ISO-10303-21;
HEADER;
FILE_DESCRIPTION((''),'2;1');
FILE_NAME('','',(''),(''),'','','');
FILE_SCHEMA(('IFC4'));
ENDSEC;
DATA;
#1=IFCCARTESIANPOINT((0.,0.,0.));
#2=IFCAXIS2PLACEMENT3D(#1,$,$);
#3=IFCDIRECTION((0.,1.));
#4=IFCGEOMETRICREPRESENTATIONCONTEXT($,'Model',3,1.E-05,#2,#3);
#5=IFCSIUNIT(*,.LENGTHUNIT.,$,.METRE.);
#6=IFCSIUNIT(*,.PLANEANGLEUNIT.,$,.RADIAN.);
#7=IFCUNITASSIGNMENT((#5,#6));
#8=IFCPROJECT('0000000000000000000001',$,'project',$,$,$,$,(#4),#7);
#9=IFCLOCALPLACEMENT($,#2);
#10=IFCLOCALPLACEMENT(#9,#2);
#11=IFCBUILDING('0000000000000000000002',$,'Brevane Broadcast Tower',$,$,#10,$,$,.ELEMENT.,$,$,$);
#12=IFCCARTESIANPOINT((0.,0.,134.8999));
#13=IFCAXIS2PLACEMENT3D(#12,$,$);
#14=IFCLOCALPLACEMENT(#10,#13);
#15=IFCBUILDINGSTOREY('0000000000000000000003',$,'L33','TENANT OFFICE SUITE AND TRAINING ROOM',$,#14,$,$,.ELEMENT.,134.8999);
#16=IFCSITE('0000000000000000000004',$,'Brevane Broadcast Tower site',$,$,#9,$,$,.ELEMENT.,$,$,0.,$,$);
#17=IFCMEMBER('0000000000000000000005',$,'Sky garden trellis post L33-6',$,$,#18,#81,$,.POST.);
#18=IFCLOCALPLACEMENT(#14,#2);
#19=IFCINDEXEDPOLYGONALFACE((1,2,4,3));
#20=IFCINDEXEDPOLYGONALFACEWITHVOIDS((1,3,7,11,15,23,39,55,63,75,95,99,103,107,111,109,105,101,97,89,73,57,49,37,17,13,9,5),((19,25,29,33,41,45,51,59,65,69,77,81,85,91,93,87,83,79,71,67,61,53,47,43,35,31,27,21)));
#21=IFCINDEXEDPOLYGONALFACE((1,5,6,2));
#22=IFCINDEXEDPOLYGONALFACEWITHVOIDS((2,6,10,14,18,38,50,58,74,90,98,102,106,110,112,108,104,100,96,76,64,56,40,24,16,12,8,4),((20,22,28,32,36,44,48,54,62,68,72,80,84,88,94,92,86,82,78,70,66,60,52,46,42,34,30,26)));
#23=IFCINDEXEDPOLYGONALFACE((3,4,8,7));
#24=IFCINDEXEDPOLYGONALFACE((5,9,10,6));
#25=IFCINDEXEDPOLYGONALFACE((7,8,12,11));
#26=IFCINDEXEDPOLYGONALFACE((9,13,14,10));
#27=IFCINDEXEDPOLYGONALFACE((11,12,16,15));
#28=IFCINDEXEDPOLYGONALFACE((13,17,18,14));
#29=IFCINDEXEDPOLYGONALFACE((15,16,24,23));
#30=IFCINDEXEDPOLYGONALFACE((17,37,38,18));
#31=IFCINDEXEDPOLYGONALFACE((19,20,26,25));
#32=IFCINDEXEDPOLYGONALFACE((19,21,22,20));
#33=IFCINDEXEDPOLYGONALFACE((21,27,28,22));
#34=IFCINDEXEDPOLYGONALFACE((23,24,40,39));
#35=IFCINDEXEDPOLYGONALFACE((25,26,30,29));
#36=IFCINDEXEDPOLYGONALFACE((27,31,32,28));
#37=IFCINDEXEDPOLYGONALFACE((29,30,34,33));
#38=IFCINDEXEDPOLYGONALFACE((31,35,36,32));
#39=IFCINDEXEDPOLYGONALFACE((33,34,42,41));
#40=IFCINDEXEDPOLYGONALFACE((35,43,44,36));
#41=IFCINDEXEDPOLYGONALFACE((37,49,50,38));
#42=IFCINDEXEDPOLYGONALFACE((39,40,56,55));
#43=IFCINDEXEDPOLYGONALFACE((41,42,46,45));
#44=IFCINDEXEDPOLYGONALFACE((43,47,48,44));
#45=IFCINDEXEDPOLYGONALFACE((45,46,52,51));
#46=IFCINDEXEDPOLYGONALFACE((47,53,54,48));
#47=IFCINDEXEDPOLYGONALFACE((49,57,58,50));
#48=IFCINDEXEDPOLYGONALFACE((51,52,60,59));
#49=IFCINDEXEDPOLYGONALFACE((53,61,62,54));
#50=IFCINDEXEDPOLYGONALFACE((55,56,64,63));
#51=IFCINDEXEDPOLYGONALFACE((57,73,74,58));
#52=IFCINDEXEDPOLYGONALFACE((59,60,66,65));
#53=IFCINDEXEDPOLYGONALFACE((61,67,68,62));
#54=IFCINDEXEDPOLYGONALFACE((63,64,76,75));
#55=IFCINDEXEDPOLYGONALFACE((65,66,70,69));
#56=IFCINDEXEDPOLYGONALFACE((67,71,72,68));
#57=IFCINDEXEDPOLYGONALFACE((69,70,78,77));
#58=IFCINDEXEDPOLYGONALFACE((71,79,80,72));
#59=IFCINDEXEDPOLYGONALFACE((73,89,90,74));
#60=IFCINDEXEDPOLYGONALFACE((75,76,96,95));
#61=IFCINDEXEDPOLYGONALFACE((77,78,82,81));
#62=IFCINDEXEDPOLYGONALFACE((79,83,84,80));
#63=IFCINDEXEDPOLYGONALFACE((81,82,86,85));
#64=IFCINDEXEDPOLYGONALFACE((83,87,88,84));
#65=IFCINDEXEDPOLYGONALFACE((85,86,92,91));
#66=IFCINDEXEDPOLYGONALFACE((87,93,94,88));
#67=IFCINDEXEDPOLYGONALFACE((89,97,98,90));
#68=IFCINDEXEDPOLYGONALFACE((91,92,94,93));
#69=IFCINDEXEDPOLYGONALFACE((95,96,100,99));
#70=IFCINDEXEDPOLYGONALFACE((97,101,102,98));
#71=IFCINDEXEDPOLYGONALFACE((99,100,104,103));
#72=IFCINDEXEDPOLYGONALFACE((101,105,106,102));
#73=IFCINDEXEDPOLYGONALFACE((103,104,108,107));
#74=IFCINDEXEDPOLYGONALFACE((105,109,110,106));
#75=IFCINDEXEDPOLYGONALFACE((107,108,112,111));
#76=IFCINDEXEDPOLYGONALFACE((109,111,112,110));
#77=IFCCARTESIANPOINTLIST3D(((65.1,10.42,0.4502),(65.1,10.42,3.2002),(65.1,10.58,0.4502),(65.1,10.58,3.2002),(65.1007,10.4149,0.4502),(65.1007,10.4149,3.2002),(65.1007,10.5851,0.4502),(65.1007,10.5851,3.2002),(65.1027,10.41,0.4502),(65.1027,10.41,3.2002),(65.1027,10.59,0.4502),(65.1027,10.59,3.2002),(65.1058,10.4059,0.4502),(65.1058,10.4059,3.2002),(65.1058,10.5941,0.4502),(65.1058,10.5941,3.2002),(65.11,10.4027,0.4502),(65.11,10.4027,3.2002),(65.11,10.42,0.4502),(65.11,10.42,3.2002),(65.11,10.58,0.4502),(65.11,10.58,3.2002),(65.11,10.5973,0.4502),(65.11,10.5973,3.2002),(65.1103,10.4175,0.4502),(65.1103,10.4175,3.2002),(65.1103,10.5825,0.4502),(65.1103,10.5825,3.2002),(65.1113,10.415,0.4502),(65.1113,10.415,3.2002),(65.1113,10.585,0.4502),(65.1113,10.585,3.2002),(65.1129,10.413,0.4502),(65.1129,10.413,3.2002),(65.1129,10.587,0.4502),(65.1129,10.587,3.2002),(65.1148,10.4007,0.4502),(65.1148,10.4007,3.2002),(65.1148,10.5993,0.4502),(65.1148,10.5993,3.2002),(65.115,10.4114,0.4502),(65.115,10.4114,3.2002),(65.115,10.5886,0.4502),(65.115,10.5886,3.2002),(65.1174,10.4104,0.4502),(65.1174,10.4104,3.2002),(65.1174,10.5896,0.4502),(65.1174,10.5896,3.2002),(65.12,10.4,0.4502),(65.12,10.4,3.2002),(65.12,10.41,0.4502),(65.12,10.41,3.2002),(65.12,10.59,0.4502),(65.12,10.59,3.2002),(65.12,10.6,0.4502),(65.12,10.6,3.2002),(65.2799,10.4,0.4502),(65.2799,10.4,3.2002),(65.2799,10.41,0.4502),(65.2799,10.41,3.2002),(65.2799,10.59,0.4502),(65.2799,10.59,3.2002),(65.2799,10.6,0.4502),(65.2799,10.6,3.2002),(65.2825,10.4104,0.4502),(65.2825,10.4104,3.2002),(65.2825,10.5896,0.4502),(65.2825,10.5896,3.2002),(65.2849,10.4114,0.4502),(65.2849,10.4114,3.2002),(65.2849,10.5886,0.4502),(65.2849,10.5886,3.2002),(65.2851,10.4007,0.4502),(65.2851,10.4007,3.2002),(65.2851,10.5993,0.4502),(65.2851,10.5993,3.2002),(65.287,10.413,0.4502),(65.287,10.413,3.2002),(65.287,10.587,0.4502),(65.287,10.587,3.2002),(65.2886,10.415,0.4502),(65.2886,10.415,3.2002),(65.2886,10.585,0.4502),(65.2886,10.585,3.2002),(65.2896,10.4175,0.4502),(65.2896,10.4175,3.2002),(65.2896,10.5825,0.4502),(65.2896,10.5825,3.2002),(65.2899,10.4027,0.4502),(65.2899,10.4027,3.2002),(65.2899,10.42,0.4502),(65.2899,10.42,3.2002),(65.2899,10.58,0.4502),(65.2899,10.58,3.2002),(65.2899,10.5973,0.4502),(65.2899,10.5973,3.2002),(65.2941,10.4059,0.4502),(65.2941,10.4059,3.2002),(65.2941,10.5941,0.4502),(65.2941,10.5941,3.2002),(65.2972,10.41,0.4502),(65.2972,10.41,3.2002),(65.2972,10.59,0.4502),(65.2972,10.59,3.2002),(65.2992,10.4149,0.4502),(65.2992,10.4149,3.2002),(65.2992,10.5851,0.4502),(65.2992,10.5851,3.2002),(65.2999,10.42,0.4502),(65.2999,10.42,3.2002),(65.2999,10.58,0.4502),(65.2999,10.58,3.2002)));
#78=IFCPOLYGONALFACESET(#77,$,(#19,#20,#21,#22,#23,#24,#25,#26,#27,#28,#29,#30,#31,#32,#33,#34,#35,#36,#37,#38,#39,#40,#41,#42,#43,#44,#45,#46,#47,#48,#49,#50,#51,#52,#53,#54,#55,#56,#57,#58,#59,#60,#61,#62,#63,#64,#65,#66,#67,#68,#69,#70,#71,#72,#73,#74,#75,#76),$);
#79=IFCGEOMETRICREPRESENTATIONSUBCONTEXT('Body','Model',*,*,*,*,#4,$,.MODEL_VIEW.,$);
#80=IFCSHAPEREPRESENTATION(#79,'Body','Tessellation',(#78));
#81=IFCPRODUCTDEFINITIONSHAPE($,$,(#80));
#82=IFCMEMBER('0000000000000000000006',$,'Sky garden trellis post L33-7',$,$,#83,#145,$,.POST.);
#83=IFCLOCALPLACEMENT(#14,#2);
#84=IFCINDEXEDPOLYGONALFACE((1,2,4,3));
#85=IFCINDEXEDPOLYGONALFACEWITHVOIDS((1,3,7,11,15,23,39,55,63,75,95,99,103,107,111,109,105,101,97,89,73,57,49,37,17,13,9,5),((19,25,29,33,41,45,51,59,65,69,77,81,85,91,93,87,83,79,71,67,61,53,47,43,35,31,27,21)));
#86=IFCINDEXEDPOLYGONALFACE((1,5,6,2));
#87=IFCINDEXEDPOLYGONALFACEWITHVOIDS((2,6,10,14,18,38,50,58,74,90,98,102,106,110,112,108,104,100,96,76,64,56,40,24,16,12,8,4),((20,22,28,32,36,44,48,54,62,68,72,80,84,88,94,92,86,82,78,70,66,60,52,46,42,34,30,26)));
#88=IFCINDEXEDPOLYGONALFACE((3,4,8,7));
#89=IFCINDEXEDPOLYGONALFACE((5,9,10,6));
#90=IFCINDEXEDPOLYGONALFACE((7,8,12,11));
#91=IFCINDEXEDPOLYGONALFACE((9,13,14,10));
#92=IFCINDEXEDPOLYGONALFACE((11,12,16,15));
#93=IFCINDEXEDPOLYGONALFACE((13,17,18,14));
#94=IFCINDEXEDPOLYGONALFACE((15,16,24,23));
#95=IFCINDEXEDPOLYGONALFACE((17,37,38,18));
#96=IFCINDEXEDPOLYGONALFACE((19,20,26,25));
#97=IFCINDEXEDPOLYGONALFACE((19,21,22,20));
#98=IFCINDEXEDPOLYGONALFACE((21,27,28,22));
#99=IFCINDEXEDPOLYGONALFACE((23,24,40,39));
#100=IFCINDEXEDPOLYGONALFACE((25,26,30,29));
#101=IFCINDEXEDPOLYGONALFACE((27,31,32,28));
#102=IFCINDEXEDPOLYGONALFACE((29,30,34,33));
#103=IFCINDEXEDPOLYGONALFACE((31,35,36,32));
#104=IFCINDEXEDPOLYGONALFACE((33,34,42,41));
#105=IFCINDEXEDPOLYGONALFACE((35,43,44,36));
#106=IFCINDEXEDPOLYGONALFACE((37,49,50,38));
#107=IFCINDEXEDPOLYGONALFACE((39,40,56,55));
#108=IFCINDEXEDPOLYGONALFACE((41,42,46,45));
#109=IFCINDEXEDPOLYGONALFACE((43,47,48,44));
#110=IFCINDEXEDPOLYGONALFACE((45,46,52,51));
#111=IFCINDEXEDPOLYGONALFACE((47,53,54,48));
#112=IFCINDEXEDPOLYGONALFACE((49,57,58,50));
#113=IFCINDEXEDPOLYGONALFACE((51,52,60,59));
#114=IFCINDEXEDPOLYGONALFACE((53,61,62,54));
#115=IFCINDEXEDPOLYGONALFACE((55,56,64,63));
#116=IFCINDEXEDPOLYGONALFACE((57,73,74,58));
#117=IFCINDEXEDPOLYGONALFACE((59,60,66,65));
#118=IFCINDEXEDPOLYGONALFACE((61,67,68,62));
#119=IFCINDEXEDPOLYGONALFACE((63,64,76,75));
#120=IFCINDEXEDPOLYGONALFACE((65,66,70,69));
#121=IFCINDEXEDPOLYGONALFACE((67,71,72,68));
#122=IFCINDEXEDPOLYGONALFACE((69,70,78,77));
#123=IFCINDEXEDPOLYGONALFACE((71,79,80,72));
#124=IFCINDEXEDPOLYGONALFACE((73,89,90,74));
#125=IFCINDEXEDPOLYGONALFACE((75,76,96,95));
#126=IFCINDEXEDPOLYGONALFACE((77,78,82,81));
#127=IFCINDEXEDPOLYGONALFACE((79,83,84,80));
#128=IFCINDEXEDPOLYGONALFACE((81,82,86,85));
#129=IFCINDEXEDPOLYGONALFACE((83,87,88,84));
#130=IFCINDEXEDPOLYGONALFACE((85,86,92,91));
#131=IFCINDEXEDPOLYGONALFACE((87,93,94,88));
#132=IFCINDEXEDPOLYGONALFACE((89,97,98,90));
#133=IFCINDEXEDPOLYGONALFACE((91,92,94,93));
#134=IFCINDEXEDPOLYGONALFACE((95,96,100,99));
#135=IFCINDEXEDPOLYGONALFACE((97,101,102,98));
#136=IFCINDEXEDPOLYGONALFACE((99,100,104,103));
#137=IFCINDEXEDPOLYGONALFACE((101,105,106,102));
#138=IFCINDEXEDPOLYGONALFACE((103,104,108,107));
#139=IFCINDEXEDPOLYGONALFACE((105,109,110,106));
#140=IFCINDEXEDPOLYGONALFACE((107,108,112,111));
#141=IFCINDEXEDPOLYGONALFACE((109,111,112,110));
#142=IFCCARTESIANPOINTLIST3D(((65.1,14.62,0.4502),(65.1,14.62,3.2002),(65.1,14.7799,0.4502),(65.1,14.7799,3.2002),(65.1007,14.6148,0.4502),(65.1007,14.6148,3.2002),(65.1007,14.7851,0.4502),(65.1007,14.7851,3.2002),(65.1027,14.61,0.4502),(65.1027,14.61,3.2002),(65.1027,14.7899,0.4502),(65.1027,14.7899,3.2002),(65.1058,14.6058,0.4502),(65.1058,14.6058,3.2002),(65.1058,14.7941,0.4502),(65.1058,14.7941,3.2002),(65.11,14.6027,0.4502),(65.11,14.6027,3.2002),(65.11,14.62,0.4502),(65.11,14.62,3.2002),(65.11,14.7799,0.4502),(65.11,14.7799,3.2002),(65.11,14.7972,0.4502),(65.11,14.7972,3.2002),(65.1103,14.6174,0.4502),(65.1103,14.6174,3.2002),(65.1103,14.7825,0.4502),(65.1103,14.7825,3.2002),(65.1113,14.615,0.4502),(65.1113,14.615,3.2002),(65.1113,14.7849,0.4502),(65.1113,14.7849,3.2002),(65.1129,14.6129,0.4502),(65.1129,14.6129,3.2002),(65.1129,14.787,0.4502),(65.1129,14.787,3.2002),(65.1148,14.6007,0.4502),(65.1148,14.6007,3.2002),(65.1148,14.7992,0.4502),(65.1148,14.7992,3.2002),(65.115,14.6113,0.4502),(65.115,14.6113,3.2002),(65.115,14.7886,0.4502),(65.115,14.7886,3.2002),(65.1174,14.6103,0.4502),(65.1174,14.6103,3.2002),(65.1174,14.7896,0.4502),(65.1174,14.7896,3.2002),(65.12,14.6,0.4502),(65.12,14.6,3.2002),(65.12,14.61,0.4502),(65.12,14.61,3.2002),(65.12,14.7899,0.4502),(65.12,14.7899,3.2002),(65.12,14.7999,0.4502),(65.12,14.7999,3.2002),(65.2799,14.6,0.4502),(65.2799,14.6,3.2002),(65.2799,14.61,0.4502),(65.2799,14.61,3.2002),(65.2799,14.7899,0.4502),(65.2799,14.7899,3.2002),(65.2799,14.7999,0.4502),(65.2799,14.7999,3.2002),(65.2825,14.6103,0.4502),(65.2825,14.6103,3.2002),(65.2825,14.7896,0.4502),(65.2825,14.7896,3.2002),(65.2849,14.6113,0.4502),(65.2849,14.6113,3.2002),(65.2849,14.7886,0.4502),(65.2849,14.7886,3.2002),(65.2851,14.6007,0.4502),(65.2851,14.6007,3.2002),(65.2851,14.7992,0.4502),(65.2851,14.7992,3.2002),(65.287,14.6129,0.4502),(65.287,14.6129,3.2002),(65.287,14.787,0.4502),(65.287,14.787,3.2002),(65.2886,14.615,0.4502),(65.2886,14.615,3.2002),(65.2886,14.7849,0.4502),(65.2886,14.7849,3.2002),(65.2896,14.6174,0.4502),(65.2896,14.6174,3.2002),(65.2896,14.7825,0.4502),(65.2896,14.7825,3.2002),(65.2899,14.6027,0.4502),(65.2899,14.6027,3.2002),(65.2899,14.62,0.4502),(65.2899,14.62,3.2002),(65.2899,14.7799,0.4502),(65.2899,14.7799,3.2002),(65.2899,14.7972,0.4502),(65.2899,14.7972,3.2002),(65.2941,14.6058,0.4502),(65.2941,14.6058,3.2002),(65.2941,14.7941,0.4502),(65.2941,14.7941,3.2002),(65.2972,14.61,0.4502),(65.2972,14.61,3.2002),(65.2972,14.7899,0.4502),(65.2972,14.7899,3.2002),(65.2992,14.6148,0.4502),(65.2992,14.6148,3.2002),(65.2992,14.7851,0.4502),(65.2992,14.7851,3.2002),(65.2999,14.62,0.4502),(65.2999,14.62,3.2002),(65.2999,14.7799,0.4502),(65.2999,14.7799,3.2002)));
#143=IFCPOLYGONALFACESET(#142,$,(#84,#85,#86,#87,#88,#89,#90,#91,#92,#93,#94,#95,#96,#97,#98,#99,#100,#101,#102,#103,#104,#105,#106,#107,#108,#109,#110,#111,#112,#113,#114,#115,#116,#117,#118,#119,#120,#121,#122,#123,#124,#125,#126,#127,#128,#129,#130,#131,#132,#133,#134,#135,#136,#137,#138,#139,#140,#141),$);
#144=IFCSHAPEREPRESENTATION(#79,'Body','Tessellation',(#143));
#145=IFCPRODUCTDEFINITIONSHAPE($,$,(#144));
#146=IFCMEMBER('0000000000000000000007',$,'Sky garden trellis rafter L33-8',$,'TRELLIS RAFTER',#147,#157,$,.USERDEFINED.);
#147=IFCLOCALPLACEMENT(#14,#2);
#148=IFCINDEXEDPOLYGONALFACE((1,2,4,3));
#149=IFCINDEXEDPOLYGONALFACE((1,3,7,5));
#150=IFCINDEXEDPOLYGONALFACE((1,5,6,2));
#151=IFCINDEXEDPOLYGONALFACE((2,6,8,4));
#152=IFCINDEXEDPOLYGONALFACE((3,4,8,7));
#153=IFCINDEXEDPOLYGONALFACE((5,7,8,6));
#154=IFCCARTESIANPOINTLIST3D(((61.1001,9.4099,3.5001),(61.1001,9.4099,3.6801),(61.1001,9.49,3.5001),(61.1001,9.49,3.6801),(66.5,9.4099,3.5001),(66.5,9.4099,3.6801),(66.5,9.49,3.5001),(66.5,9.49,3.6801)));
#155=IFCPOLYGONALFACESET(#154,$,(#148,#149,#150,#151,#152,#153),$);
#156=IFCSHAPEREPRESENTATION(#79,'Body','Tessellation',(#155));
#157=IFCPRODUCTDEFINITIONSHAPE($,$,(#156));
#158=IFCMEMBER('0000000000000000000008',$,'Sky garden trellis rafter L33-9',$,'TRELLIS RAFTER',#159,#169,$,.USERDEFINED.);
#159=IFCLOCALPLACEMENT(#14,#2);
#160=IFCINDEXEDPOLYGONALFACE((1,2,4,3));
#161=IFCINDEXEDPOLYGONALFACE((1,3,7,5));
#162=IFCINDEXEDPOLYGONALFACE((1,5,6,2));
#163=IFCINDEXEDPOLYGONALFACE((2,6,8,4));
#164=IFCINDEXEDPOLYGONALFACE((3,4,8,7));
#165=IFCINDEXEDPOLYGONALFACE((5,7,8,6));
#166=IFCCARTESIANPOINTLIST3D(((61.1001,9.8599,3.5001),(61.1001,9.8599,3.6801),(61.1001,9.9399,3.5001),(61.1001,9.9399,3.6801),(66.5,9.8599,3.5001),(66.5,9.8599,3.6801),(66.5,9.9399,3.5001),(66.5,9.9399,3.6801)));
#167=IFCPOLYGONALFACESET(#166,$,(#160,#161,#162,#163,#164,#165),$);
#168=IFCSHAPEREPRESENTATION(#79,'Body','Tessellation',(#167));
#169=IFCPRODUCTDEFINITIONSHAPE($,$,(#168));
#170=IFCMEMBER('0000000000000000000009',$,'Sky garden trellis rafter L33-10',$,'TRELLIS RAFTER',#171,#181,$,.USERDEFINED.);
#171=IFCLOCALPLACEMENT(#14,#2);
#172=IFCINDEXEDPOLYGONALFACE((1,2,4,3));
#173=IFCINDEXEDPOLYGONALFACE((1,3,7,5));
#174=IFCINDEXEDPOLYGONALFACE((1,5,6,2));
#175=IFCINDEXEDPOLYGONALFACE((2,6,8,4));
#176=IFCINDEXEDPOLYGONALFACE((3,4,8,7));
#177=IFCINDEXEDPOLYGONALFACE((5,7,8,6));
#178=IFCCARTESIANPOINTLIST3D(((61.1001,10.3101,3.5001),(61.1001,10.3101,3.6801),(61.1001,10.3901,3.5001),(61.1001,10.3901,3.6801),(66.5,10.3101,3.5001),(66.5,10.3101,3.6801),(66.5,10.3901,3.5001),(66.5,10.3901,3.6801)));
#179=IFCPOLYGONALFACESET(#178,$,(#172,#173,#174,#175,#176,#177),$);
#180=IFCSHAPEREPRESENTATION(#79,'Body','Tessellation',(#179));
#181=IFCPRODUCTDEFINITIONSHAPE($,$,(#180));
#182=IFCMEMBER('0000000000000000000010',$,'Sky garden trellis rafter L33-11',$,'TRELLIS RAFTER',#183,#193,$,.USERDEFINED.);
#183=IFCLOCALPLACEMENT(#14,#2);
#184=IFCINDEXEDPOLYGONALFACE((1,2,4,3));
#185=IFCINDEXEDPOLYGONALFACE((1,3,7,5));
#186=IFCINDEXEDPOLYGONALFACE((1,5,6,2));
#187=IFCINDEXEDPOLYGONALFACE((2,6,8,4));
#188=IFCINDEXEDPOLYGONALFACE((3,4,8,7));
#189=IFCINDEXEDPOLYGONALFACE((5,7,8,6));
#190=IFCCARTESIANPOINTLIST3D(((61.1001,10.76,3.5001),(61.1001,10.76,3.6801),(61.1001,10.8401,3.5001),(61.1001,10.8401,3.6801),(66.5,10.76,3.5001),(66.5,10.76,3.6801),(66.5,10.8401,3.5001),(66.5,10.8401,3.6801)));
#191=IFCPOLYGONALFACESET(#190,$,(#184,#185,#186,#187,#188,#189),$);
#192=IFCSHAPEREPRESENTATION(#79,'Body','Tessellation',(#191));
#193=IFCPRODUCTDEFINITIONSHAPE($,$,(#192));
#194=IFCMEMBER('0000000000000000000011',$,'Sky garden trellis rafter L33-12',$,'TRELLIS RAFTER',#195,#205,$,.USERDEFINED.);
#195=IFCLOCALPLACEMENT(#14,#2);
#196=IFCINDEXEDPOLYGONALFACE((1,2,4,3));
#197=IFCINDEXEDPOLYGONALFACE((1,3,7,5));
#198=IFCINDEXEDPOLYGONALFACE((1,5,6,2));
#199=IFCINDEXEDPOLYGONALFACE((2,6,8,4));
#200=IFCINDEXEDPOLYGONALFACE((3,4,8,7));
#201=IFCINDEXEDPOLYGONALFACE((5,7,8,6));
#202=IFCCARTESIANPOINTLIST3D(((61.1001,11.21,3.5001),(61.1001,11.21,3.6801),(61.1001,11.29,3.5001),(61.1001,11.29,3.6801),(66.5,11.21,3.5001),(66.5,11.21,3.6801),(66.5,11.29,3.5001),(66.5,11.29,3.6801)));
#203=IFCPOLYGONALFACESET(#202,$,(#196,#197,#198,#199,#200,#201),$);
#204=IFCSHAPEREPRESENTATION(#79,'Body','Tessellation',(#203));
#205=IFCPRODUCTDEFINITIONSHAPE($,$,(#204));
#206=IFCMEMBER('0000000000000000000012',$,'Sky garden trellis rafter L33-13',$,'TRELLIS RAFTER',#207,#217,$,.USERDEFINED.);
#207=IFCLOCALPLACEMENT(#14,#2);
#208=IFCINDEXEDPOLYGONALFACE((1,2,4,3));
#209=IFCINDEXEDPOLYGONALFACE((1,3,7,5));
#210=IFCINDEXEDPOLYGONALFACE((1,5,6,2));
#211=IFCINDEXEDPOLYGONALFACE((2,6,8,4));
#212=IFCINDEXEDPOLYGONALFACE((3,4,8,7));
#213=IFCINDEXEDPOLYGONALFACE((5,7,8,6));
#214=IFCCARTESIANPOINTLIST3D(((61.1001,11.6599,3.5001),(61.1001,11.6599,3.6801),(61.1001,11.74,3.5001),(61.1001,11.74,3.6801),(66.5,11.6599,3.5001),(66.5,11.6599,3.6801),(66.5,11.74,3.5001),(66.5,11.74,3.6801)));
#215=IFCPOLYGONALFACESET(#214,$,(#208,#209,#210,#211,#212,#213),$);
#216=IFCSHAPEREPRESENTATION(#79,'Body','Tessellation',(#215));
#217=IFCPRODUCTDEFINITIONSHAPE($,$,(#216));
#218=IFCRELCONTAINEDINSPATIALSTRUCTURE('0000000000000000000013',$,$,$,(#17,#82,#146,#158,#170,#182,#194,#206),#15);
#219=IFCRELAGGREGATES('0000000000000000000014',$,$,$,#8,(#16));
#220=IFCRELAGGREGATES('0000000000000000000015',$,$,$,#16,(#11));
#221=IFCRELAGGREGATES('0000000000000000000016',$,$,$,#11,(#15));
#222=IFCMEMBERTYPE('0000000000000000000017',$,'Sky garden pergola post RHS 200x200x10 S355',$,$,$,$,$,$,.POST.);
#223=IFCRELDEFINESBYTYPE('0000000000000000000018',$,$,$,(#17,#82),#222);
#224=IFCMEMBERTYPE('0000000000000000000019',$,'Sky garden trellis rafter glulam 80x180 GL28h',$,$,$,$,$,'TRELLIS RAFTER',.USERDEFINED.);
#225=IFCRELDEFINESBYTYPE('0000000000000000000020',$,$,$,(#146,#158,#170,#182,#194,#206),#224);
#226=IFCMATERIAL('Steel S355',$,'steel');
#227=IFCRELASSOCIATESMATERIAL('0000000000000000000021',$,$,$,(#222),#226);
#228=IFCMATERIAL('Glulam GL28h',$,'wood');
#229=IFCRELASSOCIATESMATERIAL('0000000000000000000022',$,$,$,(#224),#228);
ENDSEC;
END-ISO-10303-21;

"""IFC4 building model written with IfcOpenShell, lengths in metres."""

from ifc_helpers import new_model, si_unit, direction, frame, origin, origin_2d, place, context, subcontext, project, spatial, rectangle, hollow_rectangle, extrude, material, material_profile, profile_set, type_object, element, save


model = new_model("IFC4")

# Units and contexts
model_context = context("Model", 3, precision=1e-05, world=origin(), true_north=direction((0.0, 1.0)))
body_context = subcontext(model_context, "Body", "Model", "MODEL_VIEW")
ifc_project = project(units=[si_unit("LENGTHUNIT", "METRE"), si_unit("PLANEANGLEUNIT", "RADIAN")], contexts=[model_context])

# Site, building, storey
site_placement = place(None, origin())
site = spatial("IfcSite", under=ifc_project, at=site_placement, Name="Brevane Broadcast Tower site", CompositionType="ELEMENT", RefElevation=0.0)
building_placement = place(site_placement, origin())
building = spatial("IfcBuilding", under=site, at=building_placement, Name="Brevane Broadcast Tower", CompositionType="ELEMENT")
storey_placement = place(building_placement, frame((0.0, 0.0, 134.8999)))
storey = spatial("IfcBuildingStorey", under=building, at=storey_placement, Name="L33", Description="TENANT OFFICE SUITE AND TRAINING ROOM", CompositionType="ELEMENT", Elevation=134.8999)

# Members
ifc_material_1 = material(Name="Steel S355", Category="steel")
ifc_material_profile_1 = material_profile(ifc_material_1, hollow_rectangle(XDim=0.2, YDim=0.2, WallThickness=0.01, InnerFilletRadius=0.01, OuterFilletRadius=0.02, at=origin_2d()), Name="RHS 200x200x10")
ifc_profile_set_1 = profile_set([ifc_material_profile_1], Name="Steel S355")
member_type_1 = type_object("IfcMemberType", Name="Sky garden pergola post RHS 200x200x10 S355", PredefinedType="POST", material=ifc_profile_set_1)
for number, where, z_axis, x_axis, name in (
    (1, (65.2, 10.5, 0.4502), (0.0, 0.0, 1.0), (1.0, 0.0, 0.0), "Sky garden trellis post L33-6"),
    (2, (65.2, 14.7, 0.4502), (0.0, 0.0, 1.0), (1.0, 0.0, 0.0), "Sky garden trellis post L33-7"),
):
    element("IfcMember", number, at=place(storey_placement, frame(where, z_axis=z_axis, x_axis=x_axis)), inside=storey, type_object=member_type_1, Name=name, PredefinedType="POST", context=body_context, shape_type="SweptSolid", body=[
        extrude(hollow_rectangle(XDim=0.2, YDim=0.2, WallThickness=0.01, InnerFilletRadius=0.01, OuterFilletRadius=0.02, at=origin_2d()), origin(), (0.0, 0.0, 1.0), 2.75),
    ])
ifc_material_2 = material(Name="Glulam GL28h", Category="wood")
ifc_material_profile_2 = material_profile(ifc_material_2, rectangle(XDim=0.0801, YDim=0.1799, at=origin_2d()), Name="RECT 80x180")
ifc_profile_set_2 = profile_set([ifc_material_profile_2], Name="Glulam GL28h")
member_type_2 = type_object("IfcMemberType", Name="Sky garden trellis rafter glulam 80x180 GL28h", ElementType="TRELLIS RAFTER", PredefinedType="USERDEFINED", material=ifc_profile_set_2)
for number, where, z_axis, x_axis, name in (
    (3, (61.1001, 9.45, 3.5901), (1.0, 0.0, 0.0), (0.0, 1.0, 0.0), "Sky garden trellis rafter L33-8"),
    (4, (61.1001, 9.8999, 3.5901), (1.0, 0.0, 0.0), (0.0, 1.0, 0.0), "Sky garden trellis rafter L33-9"),
    (5, (61.1001, 10.3501, 3.5901), (1.0, 0.0, 0.0), (0.0, 1.0, 0.0), "Sky garden trellis rafter L33-10"),
    (6, (61.1001, 10.8, 3.5901), (1.0, 0.0, 0.0), (0.0, 1.0, 0.0), "Sky garden trellis rafter L33-11"),
    (7, (61.1001, 11.25, 3.5901), (1.0, 0.0, 0.0), (0.0, 1.0, 0.0), "Sky garden trellis rafter L33-12"),
    (8, (61.1001, 11.7, 3.5901), (1.0, 0.0, 0.0), (0.0, 1.0, 0.0), "Sky garden trellis rafter L33-13"),
):
    element("IfcMember", number, at=place(storey_placement, frame(where, z_axis=z_axis, x_axis=x_axis)), inside=storey, type_object=member_type_2, Name=name, ObjectType="TRELLIS RAFTER", PredefinedType="USERDEFINED", context=body_context, shape_type="SweptSolid", body=[
        extrude(rectangle(XDim=0.0801, YDim=0.1799, at=origin_2d()), origin(), (0.0, 0.0, 1.0), 5.3999),
    ])

save(model, "model.ifc")
